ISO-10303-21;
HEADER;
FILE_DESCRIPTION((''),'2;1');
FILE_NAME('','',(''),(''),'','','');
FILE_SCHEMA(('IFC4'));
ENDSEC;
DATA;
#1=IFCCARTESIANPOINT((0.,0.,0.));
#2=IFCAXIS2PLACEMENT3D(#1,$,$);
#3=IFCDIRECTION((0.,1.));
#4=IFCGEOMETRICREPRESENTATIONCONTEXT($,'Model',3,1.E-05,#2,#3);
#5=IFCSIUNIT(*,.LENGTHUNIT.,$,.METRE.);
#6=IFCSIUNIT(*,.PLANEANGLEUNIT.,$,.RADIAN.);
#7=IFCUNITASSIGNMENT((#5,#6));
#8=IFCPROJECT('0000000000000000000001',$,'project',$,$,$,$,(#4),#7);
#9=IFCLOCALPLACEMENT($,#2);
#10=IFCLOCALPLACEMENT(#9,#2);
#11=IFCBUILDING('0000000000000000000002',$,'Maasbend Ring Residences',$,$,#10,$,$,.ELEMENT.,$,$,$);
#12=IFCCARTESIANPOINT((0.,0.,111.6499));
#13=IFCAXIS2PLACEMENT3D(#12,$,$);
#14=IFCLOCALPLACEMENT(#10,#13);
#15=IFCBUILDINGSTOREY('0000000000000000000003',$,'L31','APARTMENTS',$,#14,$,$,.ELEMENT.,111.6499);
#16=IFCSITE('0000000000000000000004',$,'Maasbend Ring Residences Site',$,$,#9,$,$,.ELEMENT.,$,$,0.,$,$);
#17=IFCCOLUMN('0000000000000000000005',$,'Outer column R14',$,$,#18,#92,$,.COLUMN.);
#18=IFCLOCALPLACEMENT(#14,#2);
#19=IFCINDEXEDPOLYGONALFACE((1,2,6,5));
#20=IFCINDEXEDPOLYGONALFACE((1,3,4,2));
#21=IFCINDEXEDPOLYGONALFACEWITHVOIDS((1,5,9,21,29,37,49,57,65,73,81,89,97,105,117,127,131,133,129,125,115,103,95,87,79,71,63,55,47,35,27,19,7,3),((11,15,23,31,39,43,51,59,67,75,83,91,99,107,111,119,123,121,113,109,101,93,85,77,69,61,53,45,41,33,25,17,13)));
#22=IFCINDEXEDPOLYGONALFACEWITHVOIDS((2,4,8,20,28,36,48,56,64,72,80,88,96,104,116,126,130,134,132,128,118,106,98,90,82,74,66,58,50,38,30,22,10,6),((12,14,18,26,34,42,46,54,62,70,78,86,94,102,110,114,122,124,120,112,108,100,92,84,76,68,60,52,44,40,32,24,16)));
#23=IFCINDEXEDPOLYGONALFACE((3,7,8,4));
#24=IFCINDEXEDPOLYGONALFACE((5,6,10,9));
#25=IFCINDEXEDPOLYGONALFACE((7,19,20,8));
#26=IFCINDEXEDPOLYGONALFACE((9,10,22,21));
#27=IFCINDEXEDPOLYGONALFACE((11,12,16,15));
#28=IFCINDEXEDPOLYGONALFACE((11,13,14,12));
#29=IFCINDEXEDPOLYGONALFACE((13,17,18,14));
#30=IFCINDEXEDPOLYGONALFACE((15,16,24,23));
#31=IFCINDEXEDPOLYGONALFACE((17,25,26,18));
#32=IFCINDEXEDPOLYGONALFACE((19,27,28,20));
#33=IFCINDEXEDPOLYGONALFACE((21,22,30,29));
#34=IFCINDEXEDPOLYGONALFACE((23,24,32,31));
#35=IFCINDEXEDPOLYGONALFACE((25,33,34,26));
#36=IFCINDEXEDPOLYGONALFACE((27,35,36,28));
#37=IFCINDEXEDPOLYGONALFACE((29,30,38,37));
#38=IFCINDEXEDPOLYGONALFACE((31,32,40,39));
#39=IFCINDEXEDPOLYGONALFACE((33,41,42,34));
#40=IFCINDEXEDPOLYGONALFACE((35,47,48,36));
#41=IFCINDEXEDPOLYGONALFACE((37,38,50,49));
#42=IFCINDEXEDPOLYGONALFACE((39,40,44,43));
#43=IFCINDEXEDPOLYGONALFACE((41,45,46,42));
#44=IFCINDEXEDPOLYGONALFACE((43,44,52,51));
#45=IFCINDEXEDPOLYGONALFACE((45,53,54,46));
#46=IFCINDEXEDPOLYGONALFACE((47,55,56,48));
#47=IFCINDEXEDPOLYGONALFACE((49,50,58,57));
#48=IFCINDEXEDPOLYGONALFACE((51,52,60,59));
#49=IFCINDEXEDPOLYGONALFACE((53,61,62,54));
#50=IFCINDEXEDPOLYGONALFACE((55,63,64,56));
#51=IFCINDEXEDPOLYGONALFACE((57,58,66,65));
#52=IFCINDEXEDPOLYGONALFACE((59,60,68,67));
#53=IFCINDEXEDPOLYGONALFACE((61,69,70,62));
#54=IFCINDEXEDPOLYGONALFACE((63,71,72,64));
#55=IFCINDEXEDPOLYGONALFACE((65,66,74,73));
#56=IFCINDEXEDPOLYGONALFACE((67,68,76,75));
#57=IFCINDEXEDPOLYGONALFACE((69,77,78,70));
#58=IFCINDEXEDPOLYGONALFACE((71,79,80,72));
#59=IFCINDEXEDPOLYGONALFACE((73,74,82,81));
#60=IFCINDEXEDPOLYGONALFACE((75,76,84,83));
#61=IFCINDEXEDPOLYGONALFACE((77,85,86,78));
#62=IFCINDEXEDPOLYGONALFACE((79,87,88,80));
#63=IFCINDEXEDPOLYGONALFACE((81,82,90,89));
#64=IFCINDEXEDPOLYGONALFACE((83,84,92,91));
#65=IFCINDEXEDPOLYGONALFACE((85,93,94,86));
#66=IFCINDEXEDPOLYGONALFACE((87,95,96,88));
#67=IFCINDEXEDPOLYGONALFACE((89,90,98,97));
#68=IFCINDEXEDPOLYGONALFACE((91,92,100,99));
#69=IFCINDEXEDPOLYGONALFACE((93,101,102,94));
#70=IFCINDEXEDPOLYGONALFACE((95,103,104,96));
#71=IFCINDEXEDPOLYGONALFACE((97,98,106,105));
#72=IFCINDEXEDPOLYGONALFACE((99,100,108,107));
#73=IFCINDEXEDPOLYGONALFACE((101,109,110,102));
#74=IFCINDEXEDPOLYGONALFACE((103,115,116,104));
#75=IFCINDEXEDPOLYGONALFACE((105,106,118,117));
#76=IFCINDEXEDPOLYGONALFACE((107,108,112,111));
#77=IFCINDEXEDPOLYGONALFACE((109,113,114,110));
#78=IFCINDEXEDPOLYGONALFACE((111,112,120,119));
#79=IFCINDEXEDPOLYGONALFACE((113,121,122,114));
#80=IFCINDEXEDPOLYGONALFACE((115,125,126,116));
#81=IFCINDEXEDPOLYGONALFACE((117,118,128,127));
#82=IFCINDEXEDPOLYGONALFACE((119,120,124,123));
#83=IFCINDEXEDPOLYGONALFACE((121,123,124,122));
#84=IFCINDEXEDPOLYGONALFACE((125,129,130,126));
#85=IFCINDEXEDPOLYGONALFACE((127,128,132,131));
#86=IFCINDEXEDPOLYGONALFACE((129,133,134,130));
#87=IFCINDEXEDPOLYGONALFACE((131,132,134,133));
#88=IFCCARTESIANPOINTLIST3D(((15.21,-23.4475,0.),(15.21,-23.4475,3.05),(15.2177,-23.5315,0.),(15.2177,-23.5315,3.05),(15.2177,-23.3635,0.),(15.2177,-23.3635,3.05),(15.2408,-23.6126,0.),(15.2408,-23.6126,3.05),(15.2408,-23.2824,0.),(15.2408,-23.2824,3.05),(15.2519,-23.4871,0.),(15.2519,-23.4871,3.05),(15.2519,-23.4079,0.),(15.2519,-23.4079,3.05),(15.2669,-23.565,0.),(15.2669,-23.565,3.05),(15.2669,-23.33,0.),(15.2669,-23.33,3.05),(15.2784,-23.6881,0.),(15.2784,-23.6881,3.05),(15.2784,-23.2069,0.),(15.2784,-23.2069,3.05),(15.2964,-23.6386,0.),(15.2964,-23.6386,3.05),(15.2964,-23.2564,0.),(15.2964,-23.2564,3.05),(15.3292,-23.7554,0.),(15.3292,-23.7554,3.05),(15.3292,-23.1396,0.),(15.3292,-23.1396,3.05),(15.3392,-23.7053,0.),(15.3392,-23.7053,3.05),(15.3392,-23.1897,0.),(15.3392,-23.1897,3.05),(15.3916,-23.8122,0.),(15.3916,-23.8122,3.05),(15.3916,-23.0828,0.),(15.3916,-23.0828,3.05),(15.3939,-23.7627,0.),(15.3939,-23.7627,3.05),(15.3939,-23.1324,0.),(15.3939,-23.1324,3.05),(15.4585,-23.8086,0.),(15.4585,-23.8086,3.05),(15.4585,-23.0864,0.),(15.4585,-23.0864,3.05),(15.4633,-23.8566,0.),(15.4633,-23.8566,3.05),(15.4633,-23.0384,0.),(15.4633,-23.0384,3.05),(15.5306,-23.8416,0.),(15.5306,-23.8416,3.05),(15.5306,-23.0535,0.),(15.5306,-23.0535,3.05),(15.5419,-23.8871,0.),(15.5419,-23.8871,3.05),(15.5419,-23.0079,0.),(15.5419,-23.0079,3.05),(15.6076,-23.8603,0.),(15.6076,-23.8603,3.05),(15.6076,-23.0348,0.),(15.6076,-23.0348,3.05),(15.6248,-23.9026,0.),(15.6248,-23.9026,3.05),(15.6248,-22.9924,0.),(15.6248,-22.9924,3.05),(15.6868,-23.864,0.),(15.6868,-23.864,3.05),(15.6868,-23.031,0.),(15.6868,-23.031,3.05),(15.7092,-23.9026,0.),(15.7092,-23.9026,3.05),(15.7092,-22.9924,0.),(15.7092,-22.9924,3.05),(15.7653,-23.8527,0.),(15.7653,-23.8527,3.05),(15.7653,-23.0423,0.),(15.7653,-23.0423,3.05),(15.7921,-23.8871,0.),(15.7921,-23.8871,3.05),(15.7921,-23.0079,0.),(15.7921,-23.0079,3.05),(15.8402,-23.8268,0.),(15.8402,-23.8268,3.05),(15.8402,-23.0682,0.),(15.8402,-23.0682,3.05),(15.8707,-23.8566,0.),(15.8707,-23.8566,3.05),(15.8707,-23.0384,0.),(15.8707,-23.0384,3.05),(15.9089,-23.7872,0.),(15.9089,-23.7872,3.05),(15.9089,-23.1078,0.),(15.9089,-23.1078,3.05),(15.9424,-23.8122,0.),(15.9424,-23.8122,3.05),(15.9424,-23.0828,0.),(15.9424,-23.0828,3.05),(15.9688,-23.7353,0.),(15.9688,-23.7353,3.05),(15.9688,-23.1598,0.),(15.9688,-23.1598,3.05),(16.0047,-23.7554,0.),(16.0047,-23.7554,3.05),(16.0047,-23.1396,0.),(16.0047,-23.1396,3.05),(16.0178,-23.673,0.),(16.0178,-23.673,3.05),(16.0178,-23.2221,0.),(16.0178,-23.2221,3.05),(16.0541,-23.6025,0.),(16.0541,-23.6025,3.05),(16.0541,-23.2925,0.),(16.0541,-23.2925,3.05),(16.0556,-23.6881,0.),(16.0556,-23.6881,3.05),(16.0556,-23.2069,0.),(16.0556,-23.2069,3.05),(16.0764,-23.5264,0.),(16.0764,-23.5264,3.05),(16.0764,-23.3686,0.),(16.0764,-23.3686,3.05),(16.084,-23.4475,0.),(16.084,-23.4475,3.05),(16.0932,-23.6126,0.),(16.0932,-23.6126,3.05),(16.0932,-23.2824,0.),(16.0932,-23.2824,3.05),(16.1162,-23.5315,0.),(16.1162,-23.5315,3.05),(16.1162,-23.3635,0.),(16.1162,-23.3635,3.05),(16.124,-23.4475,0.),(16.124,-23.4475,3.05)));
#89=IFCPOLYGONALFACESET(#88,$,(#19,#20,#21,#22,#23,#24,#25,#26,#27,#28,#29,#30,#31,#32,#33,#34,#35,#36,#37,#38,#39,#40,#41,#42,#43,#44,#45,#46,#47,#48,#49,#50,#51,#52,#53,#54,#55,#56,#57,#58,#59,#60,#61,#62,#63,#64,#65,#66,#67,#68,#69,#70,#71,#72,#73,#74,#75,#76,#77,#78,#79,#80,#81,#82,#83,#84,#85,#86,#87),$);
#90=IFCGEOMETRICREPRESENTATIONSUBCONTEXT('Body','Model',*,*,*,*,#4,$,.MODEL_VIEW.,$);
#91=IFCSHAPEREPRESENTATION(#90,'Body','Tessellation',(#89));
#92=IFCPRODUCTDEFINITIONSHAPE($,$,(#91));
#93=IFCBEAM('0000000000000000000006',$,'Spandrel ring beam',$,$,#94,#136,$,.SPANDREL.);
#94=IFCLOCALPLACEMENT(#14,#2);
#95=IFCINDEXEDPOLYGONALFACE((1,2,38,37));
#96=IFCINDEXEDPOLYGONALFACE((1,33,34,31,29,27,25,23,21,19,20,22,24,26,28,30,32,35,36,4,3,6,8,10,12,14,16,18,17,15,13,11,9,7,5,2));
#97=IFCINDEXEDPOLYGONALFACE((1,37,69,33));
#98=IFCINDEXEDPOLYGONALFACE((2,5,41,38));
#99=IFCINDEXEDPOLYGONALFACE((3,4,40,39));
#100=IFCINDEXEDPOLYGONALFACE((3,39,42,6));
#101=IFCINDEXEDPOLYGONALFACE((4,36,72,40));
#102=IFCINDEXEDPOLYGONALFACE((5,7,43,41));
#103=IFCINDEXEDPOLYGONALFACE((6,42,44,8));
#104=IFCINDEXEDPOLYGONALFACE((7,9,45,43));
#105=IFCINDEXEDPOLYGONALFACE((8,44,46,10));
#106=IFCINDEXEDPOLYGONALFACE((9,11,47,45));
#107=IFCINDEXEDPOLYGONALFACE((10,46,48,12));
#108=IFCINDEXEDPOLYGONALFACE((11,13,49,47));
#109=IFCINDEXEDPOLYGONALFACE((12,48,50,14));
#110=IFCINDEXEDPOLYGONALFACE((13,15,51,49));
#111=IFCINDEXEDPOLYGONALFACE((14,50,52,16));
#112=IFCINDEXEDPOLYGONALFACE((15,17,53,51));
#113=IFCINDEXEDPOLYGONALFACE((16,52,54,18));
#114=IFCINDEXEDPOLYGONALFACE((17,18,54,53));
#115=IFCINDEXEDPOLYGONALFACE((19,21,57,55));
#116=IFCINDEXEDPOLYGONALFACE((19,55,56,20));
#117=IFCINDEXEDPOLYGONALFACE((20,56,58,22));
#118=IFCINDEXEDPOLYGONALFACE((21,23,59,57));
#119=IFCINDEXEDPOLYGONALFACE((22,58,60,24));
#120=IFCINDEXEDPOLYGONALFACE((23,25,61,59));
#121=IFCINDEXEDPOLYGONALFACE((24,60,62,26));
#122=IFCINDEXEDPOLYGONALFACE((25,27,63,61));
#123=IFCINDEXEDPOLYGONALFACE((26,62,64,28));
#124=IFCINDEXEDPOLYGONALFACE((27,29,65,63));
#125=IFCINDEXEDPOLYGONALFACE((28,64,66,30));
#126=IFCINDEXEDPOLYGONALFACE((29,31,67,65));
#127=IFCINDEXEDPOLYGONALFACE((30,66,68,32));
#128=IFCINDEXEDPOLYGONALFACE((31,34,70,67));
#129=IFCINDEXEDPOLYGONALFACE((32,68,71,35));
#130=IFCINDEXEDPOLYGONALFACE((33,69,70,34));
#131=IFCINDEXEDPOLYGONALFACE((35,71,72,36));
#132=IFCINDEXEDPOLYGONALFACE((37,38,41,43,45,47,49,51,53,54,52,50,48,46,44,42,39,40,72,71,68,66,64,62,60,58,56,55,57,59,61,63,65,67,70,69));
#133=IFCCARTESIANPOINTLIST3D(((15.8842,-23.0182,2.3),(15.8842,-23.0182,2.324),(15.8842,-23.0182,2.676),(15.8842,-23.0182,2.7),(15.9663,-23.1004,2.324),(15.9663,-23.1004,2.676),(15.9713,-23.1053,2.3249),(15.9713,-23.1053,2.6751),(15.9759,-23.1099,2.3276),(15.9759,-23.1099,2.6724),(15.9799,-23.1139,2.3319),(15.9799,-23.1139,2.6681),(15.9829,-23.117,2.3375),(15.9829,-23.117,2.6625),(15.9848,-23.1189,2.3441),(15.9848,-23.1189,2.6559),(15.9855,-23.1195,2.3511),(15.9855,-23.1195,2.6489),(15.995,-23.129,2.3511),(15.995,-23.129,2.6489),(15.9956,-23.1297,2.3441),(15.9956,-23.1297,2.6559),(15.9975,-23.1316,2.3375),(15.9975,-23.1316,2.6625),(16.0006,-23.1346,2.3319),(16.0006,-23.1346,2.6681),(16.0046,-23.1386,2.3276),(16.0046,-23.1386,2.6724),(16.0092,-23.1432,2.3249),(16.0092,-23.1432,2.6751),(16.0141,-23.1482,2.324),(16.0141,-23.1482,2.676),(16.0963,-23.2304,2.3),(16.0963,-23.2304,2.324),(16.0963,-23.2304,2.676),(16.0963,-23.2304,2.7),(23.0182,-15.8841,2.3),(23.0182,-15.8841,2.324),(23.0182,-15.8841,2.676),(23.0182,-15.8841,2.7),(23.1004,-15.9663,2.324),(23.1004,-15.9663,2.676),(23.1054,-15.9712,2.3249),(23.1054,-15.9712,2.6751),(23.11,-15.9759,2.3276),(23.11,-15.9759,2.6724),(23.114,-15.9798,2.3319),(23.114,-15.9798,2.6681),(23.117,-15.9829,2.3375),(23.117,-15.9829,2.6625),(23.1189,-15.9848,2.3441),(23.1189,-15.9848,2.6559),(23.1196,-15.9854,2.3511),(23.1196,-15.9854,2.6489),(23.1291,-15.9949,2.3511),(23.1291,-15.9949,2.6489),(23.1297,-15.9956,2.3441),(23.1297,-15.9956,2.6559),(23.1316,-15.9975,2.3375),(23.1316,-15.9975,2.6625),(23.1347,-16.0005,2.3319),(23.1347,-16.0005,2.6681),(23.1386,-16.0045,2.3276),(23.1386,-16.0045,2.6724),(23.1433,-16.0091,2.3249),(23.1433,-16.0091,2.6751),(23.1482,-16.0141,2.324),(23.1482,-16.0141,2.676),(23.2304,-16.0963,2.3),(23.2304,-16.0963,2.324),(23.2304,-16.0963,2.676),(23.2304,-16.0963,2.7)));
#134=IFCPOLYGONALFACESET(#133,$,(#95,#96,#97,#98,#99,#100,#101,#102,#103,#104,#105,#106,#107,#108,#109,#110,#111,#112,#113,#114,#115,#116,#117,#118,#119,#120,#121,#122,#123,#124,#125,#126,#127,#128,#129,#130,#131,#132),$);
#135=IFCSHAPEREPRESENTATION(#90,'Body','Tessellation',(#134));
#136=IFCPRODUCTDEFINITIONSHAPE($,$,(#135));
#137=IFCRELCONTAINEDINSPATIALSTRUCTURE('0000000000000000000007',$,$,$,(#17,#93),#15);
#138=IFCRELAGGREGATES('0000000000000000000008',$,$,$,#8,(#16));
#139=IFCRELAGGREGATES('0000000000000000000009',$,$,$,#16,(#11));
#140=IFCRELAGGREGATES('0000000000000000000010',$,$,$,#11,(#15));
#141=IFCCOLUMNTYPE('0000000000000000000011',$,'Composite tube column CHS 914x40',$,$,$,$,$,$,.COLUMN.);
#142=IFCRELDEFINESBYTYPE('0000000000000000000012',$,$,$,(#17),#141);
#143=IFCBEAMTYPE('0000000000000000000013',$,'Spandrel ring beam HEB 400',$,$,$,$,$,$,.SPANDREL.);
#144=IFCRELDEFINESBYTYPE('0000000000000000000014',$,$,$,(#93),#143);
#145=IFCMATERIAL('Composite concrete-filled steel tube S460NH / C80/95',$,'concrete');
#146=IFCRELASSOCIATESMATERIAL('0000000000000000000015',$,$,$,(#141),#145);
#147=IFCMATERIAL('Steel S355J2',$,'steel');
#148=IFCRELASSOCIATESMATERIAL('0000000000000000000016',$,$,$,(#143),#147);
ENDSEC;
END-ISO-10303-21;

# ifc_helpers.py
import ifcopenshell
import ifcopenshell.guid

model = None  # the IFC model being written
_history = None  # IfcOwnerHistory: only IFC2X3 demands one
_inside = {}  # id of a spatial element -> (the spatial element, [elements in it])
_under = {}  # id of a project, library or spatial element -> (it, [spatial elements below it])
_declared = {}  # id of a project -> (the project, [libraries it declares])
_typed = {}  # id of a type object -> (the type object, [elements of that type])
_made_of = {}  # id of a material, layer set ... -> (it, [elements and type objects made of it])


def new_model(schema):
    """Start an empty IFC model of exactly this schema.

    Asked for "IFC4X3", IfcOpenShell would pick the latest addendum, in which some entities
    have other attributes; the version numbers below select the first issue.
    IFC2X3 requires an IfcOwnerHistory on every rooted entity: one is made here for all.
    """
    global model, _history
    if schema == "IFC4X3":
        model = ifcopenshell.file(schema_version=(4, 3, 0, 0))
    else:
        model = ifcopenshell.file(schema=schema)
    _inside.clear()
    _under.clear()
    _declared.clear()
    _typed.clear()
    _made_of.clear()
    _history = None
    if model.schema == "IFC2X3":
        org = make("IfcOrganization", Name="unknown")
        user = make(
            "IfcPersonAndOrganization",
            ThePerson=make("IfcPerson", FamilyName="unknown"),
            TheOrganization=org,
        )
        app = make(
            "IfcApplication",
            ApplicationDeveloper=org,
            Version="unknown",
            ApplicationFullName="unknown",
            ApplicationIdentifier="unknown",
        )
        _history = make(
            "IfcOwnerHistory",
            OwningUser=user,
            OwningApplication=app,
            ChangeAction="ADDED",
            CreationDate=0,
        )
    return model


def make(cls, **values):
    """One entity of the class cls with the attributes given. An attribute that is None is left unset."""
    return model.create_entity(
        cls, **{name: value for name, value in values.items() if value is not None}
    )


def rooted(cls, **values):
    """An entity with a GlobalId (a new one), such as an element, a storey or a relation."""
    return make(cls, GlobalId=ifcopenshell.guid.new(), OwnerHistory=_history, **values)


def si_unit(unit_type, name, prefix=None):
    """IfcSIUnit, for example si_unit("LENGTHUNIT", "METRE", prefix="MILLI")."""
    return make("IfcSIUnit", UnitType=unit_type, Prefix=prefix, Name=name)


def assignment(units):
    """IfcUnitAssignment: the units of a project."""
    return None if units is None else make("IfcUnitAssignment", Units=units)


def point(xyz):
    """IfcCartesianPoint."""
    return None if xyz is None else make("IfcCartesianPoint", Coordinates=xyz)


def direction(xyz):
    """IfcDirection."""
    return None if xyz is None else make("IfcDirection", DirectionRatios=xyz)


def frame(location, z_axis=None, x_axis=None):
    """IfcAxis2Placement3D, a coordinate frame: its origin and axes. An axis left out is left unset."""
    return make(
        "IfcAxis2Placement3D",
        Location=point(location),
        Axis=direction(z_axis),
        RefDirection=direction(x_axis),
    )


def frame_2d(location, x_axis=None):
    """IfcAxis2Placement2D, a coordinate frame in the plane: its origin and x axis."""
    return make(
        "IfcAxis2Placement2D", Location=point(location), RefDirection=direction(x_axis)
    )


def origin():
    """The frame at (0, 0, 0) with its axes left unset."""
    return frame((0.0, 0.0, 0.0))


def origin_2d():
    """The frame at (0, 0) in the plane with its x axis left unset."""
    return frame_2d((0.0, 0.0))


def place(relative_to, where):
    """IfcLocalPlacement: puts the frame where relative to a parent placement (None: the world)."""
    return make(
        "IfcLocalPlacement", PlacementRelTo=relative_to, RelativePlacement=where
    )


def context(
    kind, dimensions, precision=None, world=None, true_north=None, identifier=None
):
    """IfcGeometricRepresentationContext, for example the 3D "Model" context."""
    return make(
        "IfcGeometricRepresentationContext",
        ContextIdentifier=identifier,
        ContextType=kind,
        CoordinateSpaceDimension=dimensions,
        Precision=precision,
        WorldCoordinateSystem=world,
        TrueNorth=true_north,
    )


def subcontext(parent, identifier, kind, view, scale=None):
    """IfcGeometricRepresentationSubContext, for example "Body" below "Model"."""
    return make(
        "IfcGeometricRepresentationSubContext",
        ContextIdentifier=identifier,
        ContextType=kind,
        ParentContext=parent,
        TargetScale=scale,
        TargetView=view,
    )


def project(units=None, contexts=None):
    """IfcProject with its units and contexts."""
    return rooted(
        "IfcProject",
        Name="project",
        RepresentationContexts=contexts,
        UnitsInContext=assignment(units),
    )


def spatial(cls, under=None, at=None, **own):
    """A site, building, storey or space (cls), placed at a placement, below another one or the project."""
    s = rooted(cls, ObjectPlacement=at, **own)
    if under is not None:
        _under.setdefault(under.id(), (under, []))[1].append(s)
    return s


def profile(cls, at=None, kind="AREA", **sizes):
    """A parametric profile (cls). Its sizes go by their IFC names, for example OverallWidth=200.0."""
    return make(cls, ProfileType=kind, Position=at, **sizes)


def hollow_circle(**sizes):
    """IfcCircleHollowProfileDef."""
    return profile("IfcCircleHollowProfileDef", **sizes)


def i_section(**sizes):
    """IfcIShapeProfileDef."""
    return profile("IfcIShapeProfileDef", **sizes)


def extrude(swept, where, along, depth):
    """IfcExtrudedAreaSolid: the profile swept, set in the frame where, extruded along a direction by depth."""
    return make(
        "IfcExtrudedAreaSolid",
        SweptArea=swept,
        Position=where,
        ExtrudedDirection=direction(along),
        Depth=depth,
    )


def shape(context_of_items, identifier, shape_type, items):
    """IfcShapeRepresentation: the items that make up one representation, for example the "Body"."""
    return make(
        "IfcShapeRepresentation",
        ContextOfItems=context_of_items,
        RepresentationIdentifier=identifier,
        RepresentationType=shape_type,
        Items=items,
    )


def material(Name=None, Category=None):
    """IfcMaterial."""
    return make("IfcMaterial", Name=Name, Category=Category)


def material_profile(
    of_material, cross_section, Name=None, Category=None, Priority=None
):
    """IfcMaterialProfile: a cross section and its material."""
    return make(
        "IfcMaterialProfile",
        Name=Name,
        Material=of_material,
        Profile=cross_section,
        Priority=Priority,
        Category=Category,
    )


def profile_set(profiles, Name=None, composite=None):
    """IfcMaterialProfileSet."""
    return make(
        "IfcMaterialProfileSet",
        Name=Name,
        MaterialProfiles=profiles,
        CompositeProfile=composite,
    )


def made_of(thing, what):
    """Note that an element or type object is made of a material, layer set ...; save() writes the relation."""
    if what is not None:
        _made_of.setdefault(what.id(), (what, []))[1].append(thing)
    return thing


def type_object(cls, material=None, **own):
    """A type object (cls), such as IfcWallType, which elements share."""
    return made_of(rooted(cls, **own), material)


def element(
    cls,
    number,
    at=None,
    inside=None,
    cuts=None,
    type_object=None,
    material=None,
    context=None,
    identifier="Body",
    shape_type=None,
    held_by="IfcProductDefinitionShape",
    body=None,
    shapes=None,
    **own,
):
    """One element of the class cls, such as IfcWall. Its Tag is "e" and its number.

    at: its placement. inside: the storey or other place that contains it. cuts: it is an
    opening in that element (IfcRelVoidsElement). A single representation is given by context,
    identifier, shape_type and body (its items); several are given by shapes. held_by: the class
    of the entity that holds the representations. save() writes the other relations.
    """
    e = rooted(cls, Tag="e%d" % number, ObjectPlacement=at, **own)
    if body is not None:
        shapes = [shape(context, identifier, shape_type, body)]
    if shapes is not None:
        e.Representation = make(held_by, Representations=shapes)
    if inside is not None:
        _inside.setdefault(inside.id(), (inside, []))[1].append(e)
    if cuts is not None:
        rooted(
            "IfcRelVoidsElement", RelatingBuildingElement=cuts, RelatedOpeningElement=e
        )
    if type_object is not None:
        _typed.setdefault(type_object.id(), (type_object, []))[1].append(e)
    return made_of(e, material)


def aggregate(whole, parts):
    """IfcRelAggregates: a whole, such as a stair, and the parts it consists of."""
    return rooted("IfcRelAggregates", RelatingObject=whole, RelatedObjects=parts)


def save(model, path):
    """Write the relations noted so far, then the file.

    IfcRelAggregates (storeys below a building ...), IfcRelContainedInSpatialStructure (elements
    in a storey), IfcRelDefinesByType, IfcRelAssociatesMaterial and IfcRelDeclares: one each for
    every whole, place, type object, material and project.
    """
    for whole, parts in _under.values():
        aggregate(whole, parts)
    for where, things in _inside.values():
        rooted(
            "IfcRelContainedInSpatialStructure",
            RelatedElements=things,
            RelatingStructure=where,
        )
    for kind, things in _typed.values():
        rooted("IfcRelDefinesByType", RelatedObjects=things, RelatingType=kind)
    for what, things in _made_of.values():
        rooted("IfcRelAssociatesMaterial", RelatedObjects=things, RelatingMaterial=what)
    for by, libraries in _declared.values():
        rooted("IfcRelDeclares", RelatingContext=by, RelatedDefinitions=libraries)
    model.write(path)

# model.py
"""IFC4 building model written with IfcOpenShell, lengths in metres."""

from ifc_helpers import new_model, si_unit, direction, frame, origin, origin_2d, place, context, subcontext, project, spatial, hollow_circle, i_section, extrude, material, material_profile, profile_set, type_object, element, save


model = new_model("IFC4")

# Units and contexts
model_context = context("Model", 3, precision=1e-05, world=origin(), true_north=direction((0.0, 1.0)))
body_context = subcontext(model_context, "Body", "Model", "MODEL_VIEW")
ifc_project = project(units=[si_unit("LENGTHUNIT", "METRE"), si_unit("PLANEANGLEUNIT", "RADIAN")], contexts=[model_context])

# Site, building, storey
site_placement = place(None, origin())
site = spatial("IfcSite", under=ifc_project, at=site_placement, Name="Maasbend Ring Residences Site", CompositionType="ELEMENT", RefElevation=0.0)
building_placement = place(site_placement, origin())
building = spatial("IfcBuilding", under=site, at=building_placement, Name="Maasbend Ring Residences", CompositionType="ELEMENT")
storey_placement = place(building_placement, frame((0.0, 0.0, 111.6499)))
storey = spatial("IfcBuildingStorey", under=building, at=storey_placement, Name="L31", Description="APARTMENTS", CompositionType="ELEMENT", Elevation=111.6499)

# Column
ifc_material_1 = material(Name="Composite concrete-filled steel tube S460NH / C80/95", Category="concrete")
ifc_material_profile_1 = material_profile(ifc_material_1, hollow_circle(Radius=0.457, WallThickness=0.04, at=origin_2d()), Name="Composite tube column CHS 914x40")
ifc_profile_set_1 = profile_set([ifc_material_profile_1], Name="Composite concrete-filled steel tube S460NH / C80/95")
column_type = type_object("IfcColumnType", Name="Composite tube column CHS 914x40", PredefinedType="COLUMN", material=ifc_profile_set_1)
column_placement = place(storey_placement, frame((15.667, -23.4475, 0.0), z_axis=(0.0, 0.0, 1.0), x_axis=(1.0, 0.0, 0.0)))
element("IfcColumn", 1, at=column_placement, inside=storey, type_object=column_type, Name="Outer column R14", PredefinedType="COLUMN", context=body_context, shape_type="SweptSolid", body=[
    extrude(hollow_circle(Radius=0.457, WallThickness=0.04, at=origin_2d()), origin(), (0.0, 0.0, 1.0), 3.05),
])

# Beam
ifc_material_2 = material(Name="Steel S355J2", Category="steel")
ifc_material_profile_2 = material_profile(ifc_material_2, i_section(OverallWidth=0.3, OverallDepth=0.3999, WebThickness=0.0134, FlangeThickness=0.0239, FilletRadius=0.0271, at=origin_2d()), Name="HEB 400")
ifc_profile_set_2 = profile_set([ifc_material_profile_2], Name="Steel S355J2")
beam_type = type_object("IfcBeamType", Name="Spandrel ring beam HEB 400", PredefinedType="SPANDREL", material=ifc_profile_set_2)
beam_placement = place(storey_placement, frame((15.9902, -23.1243, 2.5), z_axis=(0.707107, 0.707107, 0.0), x_axis=(-0.707107, 0.707107, 0.0)))
element("IfcBeam", 2, at=beam_placement, inside=storey, type_object=beam_type, Name="Spandrel ring beam", PredefinedType="SPANDREL", context=body_context, shape_type="SweptSolid", body=[
    extrude(i_section(OverallWidth=0.3, OverallDepth=0.3999, WebThickness=0.0134, FlangeThickness=0.0239, FilletRadius=0.0271, at=origin_2d()), origin(), (0.0, 0.0, 1.0), 10.0891),
])

save(model, "model.ifc")
